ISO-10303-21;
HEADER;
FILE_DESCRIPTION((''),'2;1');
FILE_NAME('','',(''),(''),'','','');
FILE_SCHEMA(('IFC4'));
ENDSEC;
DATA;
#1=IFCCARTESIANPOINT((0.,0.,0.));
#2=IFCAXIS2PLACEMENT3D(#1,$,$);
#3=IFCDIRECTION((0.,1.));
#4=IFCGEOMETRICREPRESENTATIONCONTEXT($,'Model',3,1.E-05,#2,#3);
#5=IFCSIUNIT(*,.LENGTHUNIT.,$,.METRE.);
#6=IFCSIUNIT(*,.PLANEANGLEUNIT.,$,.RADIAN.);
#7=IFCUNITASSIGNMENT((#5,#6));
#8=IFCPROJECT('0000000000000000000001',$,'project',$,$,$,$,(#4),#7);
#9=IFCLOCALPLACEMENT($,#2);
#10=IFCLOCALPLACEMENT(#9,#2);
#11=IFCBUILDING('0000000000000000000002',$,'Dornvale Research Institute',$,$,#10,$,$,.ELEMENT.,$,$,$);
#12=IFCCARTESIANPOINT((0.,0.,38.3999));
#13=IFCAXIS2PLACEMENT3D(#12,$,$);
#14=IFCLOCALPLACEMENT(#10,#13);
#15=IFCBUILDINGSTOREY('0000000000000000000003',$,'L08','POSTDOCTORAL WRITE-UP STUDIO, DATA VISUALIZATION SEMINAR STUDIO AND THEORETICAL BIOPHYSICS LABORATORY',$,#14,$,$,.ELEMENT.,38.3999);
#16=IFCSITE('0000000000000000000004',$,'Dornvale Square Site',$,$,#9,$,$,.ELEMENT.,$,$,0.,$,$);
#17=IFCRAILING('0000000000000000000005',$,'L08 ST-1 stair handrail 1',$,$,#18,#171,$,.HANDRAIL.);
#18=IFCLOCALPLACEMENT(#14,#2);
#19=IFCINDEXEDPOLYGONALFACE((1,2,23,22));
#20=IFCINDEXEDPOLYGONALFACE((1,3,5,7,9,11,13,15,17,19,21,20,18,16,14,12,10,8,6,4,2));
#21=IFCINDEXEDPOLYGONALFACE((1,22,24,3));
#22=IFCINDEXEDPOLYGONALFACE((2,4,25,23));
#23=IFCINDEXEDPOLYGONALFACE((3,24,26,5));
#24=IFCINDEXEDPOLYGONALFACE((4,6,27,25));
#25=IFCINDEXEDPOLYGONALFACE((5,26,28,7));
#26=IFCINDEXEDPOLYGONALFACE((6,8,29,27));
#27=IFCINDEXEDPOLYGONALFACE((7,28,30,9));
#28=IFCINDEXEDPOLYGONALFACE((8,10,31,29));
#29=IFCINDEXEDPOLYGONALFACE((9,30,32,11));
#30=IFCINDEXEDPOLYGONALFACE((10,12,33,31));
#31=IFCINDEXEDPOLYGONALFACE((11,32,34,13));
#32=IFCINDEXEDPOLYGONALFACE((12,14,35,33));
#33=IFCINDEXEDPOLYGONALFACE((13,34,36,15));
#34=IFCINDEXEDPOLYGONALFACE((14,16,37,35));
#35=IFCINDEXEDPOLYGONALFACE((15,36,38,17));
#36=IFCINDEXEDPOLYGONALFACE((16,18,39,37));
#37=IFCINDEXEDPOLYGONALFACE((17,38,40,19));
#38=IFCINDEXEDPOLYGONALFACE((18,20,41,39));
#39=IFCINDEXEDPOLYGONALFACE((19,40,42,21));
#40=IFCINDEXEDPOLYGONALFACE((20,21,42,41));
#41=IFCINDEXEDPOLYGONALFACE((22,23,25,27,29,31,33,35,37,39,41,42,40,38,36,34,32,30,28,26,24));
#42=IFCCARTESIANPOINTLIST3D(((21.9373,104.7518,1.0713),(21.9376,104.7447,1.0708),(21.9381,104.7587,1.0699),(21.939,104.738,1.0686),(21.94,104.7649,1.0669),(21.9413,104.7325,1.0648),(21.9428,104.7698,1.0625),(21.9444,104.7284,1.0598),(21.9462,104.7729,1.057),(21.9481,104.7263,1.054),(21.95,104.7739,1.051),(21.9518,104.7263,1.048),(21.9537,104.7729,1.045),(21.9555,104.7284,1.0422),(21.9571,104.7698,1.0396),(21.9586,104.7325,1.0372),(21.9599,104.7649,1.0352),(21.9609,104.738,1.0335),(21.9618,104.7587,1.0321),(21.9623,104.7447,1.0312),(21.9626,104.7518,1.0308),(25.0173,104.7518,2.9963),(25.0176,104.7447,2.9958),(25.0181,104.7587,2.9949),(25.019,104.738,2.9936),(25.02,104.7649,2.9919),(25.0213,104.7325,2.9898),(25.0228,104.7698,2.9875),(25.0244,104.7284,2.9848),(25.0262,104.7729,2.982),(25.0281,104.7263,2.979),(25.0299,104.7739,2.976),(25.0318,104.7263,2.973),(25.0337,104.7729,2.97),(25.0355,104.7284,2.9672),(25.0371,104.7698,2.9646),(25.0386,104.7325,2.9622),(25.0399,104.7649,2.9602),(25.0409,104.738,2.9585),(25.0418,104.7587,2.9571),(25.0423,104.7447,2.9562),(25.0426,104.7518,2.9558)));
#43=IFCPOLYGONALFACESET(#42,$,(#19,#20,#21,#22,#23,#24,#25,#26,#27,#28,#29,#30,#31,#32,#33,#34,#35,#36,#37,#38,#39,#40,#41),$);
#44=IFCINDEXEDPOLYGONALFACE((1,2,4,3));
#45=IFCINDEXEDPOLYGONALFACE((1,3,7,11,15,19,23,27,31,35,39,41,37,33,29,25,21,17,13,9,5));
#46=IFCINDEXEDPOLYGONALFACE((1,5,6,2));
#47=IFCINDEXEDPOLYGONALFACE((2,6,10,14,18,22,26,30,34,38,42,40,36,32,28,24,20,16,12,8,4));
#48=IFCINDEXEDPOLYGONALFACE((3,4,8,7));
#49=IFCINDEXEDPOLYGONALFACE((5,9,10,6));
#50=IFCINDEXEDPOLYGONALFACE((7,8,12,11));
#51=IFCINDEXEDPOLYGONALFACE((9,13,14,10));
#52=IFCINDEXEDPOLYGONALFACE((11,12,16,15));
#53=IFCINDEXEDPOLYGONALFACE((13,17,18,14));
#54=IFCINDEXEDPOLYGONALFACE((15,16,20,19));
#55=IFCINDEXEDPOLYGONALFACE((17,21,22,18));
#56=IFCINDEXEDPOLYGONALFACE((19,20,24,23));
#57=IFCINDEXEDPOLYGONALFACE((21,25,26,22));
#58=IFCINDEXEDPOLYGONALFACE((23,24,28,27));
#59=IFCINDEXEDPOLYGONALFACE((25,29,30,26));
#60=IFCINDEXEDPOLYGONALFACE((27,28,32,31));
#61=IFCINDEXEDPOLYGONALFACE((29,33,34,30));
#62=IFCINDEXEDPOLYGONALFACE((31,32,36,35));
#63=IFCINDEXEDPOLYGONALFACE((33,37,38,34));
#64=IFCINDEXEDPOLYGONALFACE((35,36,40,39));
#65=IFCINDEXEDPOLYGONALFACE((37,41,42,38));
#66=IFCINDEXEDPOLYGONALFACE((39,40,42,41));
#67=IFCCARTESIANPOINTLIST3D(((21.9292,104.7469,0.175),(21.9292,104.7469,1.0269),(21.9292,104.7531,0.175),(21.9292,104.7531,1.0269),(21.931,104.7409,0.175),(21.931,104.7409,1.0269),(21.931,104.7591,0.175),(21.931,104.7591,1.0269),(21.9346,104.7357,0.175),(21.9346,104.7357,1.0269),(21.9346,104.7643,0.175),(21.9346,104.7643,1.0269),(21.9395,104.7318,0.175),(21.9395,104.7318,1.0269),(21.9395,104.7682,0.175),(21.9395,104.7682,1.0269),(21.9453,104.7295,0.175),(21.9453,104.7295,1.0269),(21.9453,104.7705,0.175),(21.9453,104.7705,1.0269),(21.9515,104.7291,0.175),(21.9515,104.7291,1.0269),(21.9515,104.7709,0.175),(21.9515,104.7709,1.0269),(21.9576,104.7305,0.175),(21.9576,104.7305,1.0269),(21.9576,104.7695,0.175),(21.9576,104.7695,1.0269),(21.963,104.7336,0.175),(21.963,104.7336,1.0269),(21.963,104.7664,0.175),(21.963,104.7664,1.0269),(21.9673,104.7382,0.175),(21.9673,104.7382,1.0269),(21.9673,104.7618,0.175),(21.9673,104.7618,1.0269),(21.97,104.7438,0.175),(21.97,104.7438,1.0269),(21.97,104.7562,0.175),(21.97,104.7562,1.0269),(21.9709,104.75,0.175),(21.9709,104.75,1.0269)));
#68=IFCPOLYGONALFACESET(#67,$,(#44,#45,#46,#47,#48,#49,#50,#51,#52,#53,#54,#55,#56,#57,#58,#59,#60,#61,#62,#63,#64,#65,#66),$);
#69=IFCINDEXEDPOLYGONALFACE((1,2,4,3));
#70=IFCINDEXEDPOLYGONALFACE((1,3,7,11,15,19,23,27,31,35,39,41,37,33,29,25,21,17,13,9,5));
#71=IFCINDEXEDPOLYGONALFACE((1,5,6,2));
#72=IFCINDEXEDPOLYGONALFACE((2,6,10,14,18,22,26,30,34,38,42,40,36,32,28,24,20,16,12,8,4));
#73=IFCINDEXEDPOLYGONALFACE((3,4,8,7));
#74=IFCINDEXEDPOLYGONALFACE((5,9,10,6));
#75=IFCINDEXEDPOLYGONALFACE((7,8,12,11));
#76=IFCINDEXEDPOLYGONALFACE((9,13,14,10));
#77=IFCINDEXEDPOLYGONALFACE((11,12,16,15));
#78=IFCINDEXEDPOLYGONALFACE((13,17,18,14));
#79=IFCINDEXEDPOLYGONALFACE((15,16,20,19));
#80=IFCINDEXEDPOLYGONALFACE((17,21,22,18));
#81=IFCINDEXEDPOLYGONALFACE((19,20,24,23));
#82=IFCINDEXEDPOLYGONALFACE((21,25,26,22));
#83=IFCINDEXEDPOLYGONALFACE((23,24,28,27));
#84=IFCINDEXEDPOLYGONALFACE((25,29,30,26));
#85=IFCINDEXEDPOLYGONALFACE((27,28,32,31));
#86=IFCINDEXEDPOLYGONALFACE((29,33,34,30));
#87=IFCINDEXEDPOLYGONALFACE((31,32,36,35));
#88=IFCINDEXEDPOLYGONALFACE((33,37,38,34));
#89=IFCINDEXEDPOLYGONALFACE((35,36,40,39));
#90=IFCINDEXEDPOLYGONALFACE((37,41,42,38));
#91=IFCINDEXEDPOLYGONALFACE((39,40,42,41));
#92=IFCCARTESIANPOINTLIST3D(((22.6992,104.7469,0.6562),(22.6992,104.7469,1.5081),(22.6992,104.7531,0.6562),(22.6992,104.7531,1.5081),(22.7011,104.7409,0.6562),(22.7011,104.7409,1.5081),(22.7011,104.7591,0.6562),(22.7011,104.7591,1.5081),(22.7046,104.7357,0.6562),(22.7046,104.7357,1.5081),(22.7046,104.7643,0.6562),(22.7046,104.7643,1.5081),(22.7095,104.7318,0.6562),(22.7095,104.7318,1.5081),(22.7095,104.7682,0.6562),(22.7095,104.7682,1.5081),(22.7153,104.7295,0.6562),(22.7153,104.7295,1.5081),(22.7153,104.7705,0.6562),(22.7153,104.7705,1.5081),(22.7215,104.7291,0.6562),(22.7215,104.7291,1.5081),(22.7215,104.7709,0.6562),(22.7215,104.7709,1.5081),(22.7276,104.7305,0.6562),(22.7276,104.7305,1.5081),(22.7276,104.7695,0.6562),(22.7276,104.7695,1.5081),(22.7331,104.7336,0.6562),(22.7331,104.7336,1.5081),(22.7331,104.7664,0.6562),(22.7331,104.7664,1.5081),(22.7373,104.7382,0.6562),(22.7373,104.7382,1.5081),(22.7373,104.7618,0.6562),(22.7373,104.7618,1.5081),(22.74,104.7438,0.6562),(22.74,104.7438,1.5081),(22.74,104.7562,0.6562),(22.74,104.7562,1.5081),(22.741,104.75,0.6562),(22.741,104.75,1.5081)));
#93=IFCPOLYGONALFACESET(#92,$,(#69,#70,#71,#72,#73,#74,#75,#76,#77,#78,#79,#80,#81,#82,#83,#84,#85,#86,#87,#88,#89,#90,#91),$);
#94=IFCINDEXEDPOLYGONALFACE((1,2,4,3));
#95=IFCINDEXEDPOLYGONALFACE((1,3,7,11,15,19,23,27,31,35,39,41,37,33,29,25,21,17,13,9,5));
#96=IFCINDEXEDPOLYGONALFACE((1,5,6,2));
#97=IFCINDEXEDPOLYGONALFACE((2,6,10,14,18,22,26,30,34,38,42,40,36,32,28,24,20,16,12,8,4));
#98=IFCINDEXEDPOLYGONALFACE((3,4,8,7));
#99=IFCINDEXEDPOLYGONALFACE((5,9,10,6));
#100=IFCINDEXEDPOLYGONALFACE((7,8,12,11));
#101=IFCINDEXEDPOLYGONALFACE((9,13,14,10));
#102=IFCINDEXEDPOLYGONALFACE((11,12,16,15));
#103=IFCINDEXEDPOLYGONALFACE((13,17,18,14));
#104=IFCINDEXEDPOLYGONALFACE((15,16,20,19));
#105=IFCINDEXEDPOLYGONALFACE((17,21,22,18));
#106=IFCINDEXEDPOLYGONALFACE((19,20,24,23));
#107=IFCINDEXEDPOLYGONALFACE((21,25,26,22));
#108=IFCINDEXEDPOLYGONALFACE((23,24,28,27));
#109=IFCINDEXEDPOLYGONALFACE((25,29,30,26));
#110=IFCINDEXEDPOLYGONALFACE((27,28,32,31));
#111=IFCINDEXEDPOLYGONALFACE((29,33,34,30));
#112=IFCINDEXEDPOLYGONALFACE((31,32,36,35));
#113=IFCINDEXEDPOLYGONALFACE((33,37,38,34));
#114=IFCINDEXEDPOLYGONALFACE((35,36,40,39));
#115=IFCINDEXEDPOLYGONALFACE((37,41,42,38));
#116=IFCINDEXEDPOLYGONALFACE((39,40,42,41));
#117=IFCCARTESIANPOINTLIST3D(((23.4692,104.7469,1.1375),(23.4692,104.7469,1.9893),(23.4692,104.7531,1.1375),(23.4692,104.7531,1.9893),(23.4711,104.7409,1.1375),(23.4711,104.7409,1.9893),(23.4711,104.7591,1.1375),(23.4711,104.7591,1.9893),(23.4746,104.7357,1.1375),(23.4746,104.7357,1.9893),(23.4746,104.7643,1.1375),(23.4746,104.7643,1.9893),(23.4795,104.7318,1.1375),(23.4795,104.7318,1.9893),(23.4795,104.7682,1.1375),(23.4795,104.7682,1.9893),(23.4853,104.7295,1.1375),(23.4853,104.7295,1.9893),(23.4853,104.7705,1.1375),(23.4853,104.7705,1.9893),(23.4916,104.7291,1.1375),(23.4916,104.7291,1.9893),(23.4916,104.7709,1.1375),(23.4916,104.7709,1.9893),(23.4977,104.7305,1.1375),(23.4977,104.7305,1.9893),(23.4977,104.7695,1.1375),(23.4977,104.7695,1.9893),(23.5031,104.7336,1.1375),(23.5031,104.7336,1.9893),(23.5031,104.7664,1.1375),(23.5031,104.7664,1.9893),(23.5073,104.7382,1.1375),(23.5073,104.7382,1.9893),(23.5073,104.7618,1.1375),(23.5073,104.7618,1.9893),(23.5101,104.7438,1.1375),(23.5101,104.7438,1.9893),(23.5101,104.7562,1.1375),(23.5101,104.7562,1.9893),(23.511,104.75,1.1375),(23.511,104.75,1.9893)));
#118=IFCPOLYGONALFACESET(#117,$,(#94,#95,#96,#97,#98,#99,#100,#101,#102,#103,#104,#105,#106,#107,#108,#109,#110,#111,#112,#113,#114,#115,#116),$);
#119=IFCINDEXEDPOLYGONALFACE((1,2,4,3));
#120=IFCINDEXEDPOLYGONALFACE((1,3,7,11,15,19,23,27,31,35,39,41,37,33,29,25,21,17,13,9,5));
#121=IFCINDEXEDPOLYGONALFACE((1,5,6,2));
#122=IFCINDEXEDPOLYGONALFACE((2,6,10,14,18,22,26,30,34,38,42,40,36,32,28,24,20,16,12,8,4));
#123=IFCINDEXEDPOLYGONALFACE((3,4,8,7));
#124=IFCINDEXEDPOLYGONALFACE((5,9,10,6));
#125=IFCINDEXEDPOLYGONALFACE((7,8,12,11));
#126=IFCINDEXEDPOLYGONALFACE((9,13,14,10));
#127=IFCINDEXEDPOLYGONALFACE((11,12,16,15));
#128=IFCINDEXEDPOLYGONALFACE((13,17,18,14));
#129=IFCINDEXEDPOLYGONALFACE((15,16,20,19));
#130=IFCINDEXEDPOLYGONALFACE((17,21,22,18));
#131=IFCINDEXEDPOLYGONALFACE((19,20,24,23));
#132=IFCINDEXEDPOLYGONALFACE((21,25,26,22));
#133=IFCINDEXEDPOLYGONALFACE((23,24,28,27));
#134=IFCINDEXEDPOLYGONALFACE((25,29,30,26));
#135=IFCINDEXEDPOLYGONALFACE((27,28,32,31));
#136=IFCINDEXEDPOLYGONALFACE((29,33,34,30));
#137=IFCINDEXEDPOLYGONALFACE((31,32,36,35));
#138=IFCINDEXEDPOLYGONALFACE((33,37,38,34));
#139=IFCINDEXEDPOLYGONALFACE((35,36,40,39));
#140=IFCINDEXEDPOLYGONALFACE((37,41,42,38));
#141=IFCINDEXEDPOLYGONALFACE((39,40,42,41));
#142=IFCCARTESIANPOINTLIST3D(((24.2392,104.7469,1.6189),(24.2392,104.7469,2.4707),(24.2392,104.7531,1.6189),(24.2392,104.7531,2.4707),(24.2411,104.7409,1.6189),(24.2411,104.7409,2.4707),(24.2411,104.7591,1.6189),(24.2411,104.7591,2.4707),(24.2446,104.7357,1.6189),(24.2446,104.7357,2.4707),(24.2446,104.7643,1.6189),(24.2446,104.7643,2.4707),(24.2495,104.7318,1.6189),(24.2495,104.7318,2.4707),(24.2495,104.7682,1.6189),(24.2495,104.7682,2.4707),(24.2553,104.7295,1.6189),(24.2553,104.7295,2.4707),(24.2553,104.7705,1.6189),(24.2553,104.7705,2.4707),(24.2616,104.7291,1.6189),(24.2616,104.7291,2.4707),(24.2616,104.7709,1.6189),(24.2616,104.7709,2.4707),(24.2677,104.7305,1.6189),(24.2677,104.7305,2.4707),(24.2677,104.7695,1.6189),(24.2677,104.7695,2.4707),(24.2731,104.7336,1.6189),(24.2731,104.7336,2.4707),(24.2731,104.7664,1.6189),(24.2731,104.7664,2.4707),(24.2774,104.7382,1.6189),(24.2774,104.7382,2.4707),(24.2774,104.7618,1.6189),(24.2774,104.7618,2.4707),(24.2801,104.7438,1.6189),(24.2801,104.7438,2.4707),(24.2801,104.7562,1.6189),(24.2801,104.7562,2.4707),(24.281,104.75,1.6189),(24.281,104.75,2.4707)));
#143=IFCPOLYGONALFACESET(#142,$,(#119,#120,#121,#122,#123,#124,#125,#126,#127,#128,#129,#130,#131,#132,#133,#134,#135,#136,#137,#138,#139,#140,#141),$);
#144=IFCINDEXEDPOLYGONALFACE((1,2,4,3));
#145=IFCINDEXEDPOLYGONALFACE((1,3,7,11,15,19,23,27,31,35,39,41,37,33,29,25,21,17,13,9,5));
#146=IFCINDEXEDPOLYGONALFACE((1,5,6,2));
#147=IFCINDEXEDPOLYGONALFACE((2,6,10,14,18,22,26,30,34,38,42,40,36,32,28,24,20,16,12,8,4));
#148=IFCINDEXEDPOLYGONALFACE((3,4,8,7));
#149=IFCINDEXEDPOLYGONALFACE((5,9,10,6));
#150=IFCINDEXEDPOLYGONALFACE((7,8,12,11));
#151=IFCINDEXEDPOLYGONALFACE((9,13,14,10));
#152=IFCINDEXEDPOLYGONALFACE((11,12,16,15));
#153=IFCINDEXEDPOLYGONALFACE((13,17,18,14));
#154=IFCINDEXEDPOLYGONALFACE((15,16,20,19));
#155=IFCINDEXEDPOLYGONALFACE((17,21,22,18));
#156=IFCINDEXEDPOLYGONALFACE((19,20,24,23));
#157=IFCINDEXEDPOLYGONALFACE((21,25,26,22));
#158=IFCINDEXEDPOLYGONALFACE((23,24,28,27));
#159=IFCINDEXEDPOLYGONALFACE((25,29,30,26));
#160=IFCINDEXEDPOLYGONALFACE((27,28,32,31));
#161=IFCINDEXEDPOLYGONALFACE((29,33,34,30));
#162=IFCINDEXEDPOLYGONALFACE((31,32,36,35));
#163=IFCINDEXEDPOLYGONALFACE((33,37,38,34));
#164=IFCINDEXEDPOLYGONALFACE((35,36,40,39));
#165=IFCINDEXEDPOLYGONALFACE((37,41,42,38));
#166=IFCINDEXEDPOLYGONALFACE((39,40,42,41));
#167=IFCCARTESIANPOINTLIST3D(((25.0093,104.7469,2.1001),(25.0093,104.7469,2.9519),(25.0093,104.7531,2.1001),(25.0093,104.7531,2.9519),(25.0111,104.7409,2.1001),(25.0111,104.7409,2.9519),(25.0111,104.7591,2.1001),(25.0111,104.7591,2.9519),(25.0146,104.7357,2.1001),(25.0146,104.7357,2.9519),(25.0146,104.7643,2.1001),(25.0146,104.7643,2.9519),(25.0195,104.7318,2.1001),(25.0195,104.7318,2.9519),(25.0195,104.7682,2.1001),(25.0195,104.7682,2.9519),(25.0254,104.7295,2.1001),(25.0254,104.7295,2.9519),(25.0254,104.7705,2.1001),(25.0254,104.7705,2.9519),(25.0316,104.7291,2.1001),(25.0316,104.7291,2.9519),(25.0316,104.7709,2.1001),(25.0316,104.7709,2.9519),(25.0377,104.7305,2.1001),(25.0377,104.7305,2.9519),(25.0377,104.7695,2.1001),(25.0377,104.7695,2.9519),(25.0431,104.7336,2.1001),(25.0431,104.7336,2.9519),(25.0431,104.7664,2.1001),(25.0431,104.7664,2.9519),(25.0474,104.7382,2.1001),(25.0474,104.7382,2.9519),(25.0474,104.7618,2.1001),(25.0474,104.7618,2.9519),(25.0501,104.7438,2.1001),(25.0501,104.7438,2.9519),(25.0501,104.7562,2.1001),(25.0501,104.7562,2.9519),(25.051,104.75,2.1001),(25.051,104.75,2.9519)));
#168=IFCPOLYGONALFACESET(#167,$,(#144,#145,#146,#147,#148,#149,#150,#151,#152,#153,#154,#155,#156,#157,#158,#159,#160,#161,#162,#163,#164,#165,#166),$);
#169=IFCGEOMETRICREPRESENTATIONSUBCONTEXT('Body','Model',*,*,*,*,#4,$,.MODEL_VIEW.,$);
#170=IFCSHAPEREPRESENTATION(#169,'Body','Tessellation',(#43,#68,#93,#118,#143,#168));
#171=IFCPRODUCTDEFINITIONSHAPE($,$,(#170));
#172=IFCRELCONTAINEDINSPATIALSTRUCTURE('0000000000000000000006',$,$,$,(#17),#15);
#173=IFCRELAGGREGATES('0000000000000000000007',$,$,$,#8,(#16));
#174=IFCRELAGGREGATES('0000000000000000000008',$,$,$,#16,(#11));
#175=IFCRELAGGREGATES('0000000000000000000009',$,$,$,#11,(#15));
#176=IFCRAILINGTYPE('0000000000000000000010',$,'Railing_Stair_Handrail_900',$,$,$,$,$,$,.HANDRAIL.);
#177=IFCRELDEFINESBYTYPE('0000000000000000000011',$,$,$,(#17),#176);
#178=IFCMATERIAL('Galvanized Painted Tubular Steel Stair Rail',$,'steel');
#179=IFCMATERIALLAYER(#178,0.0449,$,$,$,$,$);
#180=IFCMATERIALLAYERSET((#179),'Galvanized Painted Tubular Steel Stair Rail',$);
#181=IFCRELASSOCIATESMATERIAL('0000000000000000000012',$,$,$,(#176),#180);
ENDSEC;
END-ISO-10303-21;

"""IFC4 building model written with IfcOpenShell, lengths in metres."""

from ifc_helpers import new_model, si_unit, direction, frame, origin, origin_2d, place, context, subcontext, project, spatial, circle, extrude, material, layer, layer_set, type_object, element, save


model = new_model("IFC4")

# Units and contexts
model_context = context("Model", 3, precision=1e-05, world=origin(), true_north=direction((0.0, 1.0)))
body_context = subcontext(model_context, "Body", "Model", "MODEL_VIEW")
ifc_project = project(units=[si_unit("LENGTHUNIT", "METRE"), si_unit("PLANEANGLEUNIT", "RADIAN")], contexts=[model_context])

# Site, building, storey
site_placement = place(None, origin())
site = spatial("IfcSite", under=ifc_project, at=site_placement, Name="Dornvale Square Site", CompositionType="ELEMENT", RefElevation=0.0)
building_placement = place(site_placement, origin())
building = spatial("IfcBuilding", under=site, at=building_placement, Name="Dornvale Research Institute", CompositionType="ELEMENT")
storey_placement = place(building_placement, frame((0.0, 0.0, 38.3999)))
storey = spatial("IfcBuildingStorey", under=building, at=storey_placement, Name="L08", Description="POSTDOCTORAL WRITE-UP STUDIO, DATA VISUALIZATION SEMINAR STUDIO AND THEORETICAL BIOPHYSICS LABORATORY", CompositionType="ELEMENT", Elevation=38.3999)

# Railing
ifc_material_1 = material(Name="Galvanized Painted Tubular Steel Stair Rail", Category="steel")
ifc_layer_1 = layer(ifc_material_1, 0.0449)
ifc_layer_set_1 = layer_set([ifc_layer_1], Name="Galvanized Painted Tubular Steel Stair Rail")
railing_type = type_object("IfcRailingType", Name="Railing_Stair_Handrail_900", PredefinedType="HANDRAIL", material=ifc_layer_set_1)
railing_placement = place(storey_placement, frame((21.95, 104.75, 0.175)))
element("IfcRailing", 1, at=railing_placement, inside=storey, type_object=railing_type, Name="L08 ST-1 stair handrail 1", PredefinedType="HANDRAIL", context=body_context, shape_type="SweptSolid", body=[
    extrude(circle(Radius=0.0239, at=origin_2d()), frame((0.0, 0.0, 0.876), z_axis=(0.847998, 0.0, 0.529999), x_axis=(0.0, 1.0, 0.0)), (0.0, 0.0, 1.0), 3.6321),
    extrude(circle(Radius=0.021, at=origin_2d()), origin(), (0.0, 0.0, 1.0), 0.8518),
    extrude(circle(Radius=0.021, at=origin_2d()), frame((0.77, 0.0, 0.4812)), (0.0, 0.0, 1.0), 0.8518),
    extrude(circle(Radius=0.021, at=origin_2d()), frame((1.54, 0.0, 0.9624)), (0.0, 0.0, 1.0), 0.8518),
    extrude(circle(Radius=0.021, at=origin_2d()), frame((2.3101, 0.0, 1.4438)), (0.0, 0.0, 1.0), 0.8518),
    extrude(circle(Radius=0.021, at=origin_2d()), frame((3.0801, 0.0, 1.925)), (0.0, 0.0, 1.0), 0.8518),
])

save(model, "model.ifc")
